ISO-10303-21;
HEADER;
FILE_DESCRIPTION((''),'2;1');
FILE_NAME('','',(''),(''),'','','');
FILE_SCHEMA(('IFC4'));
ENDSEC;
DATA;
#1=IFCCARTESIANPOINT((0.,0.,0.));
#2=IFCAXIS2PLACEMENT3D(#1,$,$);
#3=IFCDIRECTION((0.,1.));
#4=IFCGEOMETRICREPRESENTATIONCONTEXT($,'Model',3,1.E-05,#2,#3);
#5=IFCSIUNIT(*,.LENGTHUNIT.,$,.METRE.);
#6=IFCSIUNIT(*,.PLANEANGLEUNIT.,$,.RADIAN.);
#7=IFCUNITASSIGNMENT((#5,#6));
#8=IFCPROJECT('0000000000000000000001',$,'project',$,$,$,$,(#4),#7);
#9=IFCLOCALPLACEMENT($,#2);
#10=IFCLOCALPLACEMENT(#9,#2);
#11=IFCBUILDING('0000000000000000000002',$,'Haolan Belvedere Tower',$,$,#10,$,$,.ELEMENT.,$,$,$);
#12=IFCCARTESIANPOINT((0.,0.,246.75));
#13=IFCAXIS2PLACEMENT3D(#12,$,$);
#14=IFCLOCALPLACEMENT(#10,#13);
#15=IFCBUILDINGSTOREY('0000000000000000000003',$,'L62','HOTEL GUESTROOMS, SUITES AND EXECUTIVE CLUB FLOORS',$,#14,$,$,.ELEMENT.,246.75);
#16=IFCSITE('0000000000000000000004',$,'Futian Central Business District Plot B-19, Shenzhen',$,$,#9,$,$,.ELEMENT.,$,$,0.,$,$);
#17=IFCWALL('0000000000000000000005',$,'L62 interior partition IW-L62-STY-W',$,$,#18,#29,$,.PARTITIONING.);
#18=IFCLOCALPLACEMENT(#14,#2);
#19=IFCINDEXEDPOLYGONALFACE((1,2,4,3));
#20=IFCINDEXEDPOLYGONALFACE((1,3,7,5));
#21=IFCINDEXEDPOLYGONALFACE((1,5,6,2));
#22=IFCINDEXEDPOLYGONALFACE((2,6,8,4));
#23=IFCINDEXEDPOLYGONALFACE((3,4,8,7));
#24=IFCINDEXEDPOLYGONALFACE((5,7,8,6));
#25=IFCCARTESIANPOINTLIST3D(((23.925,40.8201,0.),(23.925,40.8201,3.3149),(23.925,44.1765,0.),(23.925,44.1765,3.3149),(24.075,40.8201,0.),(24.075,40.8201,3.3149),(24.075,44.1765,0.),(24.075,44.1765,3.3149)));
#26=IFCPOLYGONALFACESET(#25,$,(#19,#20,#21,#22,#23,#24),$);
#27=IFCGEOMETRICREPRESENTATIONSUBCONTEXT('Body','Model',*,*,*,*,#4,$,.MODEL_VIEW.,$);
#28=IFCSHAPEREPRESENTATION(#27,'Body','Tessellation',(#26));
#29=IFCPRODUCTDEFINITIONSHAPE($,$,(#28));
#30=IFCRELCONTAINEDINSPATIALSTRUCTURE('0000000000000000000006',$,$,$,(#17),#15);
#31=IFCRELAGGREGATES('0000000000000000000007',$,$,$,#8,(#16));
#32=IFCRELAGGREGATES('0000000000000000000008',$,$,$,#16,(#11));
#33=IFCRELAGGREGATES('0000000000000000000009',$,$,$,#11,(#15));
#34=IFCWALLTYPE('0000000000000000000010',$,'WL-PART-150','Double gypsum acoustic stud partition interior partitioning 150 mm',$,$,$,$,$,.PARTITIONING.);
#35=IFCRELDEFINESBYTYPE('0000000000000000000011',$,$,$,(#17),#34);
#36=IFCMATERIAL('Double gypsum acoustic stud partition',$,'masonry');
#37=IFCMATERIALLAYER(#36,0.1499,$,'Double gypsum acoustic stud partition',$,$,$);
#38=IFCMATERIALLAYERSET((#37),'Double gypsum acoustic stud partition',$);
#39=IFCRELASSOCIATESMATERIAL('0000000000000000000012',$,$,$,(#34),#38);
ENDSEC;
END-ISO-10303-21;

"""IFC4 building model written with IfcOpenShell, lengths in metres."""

from ifc_helpers import new_model, si_unit, direction, frame, frame_2d, origin, place, context, subcontext, project, spatial, rectangle, extrude, material, layer, layer_set, type_object, element, save


model = new_model("IFC4")

# Units and contexts
model_context = context("Model", 3, precision=1e-05, world=origin(), true_north=direction((0.0, 1.0)))
body_context = subcontext(model_context, "Body", "Model", "MODEL_VIEW")
ifc_project = project(units=[si_unit("LENGTHUNIT", "METRE"), si_unit("PLANEANGLEUNIT", "RADIAN")], contexts=[model_context])

# Site, building, storey
site_placement = place(None, origin())
site = spatial("IfcSite", under=ifc_project, at=site_placement, Name="Futian Central Business District Plot B-19, Shenzhen", CompositionType="ELEMENT", RefElevation=0.0)
building_placement = place(site_placement, origin())
building = spatial("IfcBuilding", under=site, at=building_placement, Name="Haolan Belvedere Tower", CompositionType="ELEMENT")
storey_placement = place(building_placement, frame((0.0, 0.0, 246.75)))
storey = spatial("IfcBuildingStorey", under=building, at=storey_placement, Name="L62", Description="HOTEL GUESTROOMS, SUITES AND EXECUTIVE CLUB FLOORS", CompositionType="ELEMENT", Elevation=246.75)

# Wall
ifc_material_1 = material(Name="Double gypsum acoustic stud partition", Category="masonry")
ifc_layer_1 = layer(ifc_material_1, 0.1499, Name="Double gypsum acoustic stud partition")
ifc_layer_set_1 = layer_set([ifc_layer_1], Name="Double gypsum acoustic stud partition")
wall_type_1 = type_object("IfcWallType", Name="WL-PART-150", Description="Double gypsum acoustic stud partition interior partitioning 150 mm", PredefinedType="PARTITIONING", material=ifc_layer_set_1)
wall_1_placement = place(storey_placement, frame((24.0, 40.8201, 0.0), z_axis=(0.0, 0.0, 1.0), x_axis=(0.0, 1.0, 0.0)))
element("IfcWall", 1, at=wall_1_placement, inside=storey, type_object=wall_type_1, Name="L62 interior partition IW-L62-STY-W", PredefinedType="PARTITIONING", context=body_context, shape_type="SweptSolid", body=[
    extrude(rectangle(XDim=3.3564, YDim=0.1499, at=frame_2d((1.6782, 0.0))), origin(), (0.0, 0.0, 1.0), 3.3149),
])

save(model, "model.ifc")
